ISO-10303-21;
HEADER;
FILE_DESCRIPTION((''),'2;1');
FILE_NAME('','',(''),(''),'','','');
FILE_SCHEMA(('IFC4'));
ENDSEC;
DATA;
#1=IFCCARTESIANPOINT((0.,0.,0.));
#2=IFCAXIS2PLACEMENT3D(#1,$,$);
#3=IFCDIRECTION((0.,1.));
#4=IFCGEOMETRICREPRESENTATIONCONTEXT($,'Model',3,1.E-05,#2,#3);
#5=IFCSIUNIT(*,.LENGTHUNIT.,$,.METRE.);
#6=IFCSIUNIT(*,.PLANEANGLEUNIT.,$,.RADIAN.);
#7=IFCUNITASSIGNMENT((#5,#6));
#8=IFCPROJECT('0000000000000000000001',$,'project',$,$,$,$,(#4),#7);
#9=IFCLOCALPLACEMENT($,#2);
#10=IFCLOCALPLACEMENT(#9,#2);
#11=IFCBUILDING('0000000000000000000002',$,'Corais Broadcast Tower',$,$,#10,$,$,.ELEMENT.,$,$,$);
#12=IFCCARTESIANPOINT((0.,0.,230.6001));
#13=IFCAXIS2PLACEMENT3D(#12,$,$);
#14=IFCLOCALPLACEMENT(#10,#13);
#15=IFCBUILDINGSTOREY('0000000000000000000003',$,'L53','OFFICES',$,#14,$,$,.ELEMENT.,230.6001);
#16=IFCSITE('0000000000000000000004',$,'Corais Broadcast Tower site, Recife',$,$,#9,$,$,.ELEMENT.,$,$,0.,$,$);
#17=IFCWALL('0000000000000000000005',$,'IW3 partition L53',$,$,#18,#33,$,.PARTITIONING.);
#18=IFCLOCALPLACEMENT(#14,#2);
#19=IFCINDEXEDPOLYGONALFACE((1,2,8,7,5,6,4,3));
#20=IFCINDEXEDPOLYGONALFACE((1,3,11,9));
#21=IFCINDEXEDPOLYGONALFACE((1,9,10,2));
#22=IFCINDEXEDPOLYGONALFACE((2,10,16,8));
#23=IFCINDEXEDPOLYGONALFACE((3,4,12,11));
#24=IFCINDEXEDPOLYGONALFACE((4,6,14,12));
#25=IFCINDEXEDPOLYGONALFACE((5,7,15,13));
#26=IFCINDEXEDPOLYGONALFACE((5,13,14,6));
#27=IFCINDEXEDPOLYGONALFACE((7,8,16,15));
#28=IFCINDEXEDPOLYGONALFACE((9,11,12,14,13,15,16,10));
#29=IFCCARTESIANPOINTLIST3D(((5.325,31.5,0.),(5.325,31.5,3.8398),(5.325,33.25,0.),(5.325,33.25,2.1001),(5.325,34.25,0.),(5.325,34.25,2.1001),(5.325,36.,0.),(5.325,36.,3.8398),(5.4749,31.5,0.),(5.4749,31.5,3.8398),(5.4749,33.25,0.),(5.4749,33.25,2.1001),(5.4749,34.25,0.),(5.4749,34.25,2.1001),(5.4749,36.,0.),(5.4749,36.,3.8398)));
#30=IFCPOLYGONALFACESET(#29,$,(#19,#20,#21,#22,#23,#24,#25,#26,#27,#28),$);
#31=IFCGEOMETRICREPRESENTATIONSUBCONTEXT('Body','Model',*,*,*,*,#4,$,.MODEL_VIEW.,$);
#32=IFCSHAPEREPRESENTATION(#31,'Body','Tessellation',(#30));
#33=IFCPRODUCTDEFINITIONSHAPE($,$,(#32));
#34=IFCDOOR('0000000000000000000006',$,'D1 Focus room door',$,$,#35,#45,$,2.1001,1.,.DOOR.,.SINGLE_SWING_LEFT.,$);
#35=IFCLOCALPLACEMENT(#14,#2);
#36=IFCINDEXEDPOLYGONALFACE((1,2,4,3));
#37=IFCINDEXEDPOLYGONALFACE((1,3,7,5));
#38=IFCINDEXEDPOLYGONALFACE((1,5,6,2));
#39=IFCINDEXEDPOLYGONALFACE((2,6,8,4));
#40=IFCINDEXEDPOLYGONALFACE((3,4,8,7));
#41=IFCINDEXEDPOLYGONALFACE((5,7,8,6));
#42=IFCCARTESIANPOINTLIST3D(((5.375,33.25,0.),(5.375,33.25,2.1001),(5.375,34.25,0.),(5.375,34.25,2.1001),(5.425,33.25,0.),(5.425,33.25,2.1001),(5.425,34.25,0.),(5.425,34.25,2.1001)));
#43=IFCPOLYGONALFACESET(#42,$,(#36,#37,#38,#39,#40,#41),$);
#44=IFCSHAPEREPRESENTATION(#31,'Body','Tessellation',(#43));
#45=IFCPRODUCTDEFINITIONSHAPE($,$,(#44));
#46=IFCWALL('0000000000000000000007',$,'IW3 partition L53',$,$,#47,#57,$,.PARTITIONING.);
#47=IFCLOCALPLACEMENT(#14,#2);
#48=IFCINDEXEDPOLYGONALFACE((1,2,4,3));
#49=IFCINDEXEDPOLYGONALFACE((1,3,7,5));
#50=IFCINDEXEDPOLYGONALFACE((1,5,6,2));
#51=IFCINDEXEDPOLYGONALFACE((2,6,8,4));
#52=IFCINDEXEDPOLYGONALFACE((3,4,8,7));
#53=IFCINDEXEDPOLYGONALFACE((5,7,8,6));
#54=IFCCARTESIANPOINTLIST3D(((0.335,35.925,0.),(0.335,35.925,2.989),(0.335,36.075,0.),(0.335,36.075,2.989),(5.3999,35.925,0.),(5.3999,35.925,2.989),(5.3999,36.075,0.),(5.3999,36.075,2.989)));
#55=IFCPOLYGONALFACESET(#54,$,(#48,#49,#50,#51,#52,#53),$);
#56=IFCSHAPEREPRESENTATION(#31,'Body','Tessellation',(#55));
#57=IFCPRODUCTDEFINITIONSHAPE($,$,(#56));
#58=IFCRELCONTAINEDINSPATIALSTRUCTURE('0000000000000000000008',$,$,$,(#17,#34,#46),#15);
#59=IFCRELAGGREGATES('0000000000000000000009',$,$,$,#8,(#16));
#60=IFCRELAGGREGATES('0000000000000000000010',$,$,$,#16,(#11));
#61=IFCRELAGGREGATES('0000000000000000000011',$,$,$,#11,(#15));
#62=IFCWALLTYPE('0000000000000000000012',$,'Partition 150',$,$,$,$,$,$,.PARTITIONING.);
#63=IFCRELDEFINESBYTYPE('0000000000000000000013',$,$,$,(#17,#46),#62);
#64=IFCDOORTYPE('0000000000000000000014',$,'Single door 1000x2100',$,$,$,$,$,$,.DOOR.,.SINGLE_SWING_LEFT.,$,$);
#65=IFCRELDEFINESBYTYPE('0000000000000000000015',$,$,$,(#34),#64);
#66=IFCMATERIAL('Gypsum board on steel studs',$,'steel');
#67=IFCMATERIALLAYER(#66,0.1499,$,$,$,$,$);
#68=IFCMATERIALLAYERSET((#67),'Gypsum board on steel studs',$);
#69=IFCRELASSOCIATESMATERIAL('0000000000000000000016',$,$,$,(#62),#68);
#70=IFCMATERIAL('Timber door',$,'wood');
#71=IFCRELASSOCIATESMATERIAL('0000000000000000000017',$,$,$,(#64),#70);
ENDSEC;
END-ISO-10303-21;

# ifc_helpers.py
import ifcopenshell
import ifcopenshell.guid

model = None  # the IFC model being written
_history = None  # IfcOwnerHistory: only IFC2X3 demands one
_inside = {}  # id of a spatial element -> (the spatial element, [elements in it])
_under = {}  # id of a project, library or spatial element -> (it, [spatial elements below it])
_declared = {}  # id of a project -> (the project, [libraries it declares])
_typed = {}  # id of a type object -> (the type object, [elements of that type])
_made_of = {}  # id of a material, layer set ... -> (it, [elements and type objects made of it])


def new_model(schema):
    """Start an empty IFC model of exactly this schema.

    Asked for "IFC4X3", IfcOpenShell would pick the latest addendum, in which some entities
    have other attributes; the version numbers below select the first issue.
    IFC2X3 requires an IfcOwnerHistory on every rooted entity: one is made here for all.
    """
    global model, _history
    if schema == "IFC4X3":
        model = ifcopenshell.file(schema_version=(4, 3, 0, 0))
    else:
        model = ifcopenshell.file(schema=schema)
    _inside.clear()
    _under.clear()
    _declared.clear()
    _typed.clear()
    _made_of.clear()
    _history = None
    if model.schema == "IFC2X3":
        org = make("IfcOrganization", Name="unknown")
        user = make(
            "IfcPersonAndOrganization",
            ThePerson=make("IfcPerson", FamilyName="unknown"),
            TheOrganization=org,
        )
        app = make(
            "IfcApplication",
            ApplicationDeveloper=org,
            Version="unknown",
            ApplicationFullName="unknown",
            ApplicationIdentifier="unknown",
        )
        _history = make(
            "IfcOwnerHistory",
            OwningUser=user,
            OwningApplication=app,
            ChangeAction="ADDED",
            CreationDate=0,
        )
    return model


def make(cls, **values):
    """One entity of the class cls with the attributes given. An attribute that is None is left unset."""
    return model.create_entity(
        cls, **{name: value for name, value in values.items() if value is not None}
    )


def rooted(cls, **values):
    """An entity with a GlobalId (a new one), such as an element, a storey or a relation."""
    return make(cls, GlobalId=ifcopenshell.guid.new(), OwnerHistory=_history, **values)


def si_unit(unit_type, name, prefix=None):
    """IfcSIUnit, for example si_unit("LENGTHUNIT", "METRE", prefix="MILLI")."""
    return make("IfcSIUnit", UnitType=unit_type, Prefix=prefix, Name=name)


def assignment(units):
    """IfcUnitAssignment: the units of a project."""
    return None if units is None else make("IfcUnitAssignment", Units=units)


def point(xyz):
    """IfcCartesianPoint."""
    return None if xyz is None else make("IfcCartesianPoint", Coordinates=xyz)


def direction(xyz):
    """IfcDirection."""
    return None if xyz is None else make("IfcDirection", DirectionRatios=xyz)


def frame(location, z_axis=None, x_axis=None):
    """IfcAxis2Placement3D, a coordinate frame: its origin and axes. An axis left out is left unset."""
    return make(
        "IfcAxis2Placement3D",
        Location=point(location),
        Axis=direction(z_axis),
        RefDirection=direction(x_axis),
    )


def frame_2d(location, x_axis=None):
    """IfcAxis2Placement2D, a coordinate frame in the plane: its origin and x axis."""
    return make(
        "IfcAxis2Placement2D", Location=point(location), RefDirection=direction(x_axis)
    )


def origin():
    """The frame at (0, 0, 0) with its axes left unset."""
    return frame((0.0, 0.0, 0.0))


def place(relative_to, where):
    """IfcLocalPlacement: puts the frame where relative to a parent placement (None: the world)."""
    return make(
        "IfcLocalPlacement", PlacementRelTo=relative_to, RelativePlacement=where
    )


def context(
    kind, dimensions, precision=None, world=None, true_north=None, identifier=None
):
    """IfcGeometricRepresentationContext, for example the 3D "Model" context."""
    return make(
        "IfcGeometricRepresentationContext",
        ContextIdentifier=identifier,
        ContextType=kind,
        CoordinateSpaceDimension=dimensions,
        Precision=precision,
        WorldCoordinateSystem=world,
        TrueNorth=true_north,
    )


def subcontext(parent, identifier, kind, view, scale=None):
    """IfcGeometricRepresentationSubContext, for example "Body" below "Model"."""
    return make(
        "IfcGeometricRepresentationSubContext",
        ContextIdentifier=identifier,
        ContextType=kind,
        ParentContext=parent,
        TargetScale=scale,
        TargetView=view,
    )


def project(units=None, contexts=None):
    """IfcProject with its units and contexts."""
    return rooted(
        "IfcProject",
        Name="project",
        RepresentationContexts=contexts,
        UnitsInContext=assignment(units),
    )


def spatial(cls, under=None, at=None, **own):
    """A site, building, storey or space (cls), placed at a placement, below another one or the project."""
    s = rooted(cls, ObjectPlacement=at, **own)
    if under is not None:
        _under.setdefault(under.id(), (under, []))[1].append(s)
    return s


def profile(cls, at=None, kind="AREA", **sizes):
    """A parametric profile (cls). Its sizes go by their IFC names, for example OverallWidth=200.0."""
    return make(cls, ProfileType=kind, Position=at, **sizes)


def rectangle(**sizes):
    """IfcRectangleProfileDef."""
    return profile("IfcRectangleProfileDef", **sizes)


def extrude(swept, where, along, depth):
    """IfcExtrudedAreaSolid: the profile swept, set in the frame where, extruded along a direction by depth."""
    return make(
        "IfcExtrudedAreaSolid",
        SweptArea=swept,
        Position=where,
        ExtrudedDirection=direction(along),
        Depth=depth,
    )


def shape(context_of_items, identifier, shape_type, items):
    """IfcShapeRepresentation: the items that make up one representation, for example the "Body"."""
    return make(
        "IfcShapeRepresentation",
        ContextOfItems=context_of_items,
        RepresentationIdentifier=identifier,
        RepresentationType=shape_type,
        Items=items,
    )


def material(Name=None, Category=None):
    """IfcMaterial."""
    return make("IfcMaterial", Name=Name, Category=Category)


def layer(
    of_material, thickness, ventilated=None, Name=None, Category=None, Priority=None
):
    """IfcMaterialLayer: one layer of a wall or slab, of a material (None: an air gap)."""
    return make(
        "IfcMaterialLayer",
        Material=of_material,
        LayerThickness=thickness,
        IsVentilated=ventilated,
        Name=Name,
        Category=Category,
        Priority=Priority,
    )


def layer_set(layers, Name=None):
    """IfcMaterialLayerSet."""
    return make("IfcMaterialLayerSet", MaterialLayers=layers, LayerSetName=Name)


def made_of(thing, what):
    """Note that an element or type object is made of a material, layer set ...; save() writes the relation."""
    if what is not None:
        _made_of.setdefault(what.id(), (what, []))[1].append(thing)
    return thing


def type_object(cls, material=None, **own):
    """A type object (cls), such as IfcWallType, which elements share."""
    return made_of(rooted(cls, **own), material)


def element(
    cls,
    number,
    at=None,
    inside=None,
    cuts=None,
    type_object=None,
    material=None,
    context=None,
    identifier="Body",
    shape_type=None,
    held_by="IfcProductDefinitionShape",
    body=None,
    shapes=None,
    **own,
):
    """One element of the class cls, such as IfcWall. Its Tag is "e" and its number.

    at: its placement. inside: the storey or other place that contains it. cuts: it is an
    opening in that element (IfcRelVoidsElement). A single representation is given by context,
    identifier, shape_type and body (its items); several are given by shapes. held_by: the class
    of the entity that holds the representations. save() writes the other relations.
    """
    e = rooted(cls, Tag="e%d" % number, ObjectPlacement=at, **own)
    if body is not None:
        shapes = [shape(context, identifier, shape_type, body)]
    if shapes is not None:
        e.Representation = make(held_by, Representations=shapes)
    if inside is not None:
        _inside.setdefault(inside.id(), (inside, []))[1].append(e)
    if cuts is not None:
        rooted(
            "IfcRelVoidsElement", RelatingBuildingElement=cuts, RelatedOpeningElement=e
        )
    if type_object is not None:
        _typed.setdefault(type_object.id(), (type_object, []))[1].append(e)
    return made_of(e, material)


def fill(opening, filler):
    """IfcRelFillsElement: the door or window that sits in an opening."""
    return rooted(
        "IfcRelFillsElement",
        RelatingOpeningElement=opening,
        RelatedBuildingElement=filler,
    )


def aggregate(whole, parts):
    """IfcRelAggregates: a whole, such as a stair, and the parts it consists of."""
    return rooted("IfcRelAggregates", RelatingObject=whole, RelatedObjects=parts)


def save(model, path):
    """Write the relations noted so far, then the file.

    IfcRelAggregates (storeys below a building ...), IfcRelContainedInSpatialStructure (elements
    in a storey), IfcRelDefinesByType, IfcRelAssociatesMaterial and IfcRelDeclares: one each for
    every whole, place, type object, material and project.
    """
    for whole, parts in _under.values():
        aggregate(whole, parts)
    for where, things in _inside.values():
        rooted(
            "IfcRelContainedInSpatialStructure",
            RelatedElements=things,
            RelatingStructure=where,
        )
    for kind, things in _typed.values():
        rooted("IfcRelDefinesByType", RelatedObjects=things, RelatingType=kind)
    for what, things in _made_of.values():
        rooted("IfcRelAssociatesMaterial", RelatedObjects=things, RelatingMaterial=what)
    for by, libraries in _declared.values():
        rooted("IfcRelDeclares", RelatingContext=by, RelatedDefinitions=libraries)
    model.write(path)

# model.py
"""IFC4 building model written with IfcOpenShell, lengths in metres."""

from ifc_helpers import new_model, si_unit, direction, frame, frame_2d, origin, place, context, subcontext, project, spatial, rectangle, extrude, material, layer, layer_set, type_object, element, fill, save


model = new_model("IFC4")

# Units and contexts
model_context = context("Model", 3, precision=1e-05, world=origin(), true_north=direction((0.0, 1.0)))
body_context = subcontext(model_context, "Body", "Model", "MODEL_VIEW")
ifc_project = project(units=[si_unit("LENGTHUNIT", "METRE"), si_unit("PLANEANGLEUNIT", "RADIAN")], contexts=[model_context])

# Site, building, storey
site_placement = place(None, origin())
site = spatial("IfcSite", under=ifc_project, at=site_placement, Name="Corais Broadcast Tower site, Recife", CompositionType="ELEMENT", RefElevation=0.0)
building_placement = place(site_placement, origin())
building = spatial("IfcBuilding", under=site, at=building_placement, Name="Corais Broadcast Tower", CompositionType="ELEMENT")
storey_placement = place(building_placement, frame((0.0, 0.0, 230.6001)))
storey = spatial("IfcBuildingStorey", under=building, at=storey_placement, Name="L53", Description="OFFICES", CompositionType="ELEMENT", Elevation=230.6001)

# Shared definitions
ifc_material_1 = material(Name="Gypsum board on steel studs", Category="steel")
ifc_layer_1 = layer(ifc_material_1, 0.1499)
ifc_layer_set_1 = layer_set([ifc_layer_1], Name="Gypsum board on steel studs")
wall_type_1 = type_object("IfcWallType", Name="Partition 150", PredefinedType="PARTITIONING", material=ifc_layer_set_1)

# Shared definitions
ifc_material_2 = material(Name="Timber door", Category="wood")
door_type_1 = type_object("IfcDoorType", Name="Single door 1000x2100", OperationType="SINGLE_SWING_LEFT", PredefinedType="DOOR", material=ifc_material_2)

# Wall, opening, door
wall_1_placement = place(storey_placement, frame((5.3999, 31.5, 0.0), z_axis=(0.0, 0.0, 1.0), x_axis=(0.0, 1.0, 0.0)))
wall_1 = element("IfcWall", 1, at=wall_1_placement, inside=storey, type_object=wall_type_1, Name="IW3 partition L53", PredefinedType="PARTITIONING", context=body_context, shape_type="SweptSolid", body=[
    extrude(rectangle(XDim=4.5, YDim=0.1499, at=frame_2d((2.25, 0.0))), origin(), (0.0, 0.0, 1.0), 3.8398),
])
opening_1_placement = place(wall_1_placement, frame((1.75, 0.0, 0.0)))
opening_1 = element("IfcOpeningElement", 2, at=opening_1_placement, cuts=wall_1, PredefinedType="OPENING", context=body_context, shape_type="SweptSolid", body=[
    extrude(rectangle(XDim=1.0, YDim=2.1001, at=frame_2d((0.5, 1.05))), frame((0.0, 0.085, 0.0), z_axis=(0.0, -1.0, 0.0), x_axis=(1.0, 0.0, 0.0)), (0.0, 0.0, 1.0), 0.1699),
])
door_1_placement = place(opening_1_placement, origin())
door_1 = element("IfcDoor", 3, at=door_1_placement, inside=storey, type_object=door_type_1, Name="D1 Focus room door", OperationType="SINGLE_SWING_LEFT", OverallHeight=2.1001, OverallWidth=1.0, PredefinedType="DOOR", context=body_context, shape_type="SweptSolid", body=[
    extrude(rectangle(XDim=1.0, YDim=2.1001, at=frame_2d((0.5, 1.05))), frame((0.0, 0.0249, 0.0), z_axis=(0.0, -1.0, 0.0), x_axis=(1.0, 0.0, 0.0)), (0.0, 0.0, 1.0), 0.05),
])
fill(opening_1, door_1)

# Wall
wall_2_placement = place(storey_placement, frame((5.3999, 36.0, 0.0), z_axis=(0.0, 0.0, 1.0), x_axis=(-1.0, 0.0, 0.0)))
element("IfcWall", 4, at=wall_2_placement, inside=storey, type_object=wall_type_1, Name="IW3 partition L53", PredefinedType="PARTITIONING", context=body_context, shape_type="SweptSolid", body=[
    extrude(rectangle(XDim=5.0649, YDim=0.1499, at=frame_2d((2.5325, 0.0))), origin(), (0.0, 0.0, 1.0), 2.989),
])

save(model, "model.ifc")
